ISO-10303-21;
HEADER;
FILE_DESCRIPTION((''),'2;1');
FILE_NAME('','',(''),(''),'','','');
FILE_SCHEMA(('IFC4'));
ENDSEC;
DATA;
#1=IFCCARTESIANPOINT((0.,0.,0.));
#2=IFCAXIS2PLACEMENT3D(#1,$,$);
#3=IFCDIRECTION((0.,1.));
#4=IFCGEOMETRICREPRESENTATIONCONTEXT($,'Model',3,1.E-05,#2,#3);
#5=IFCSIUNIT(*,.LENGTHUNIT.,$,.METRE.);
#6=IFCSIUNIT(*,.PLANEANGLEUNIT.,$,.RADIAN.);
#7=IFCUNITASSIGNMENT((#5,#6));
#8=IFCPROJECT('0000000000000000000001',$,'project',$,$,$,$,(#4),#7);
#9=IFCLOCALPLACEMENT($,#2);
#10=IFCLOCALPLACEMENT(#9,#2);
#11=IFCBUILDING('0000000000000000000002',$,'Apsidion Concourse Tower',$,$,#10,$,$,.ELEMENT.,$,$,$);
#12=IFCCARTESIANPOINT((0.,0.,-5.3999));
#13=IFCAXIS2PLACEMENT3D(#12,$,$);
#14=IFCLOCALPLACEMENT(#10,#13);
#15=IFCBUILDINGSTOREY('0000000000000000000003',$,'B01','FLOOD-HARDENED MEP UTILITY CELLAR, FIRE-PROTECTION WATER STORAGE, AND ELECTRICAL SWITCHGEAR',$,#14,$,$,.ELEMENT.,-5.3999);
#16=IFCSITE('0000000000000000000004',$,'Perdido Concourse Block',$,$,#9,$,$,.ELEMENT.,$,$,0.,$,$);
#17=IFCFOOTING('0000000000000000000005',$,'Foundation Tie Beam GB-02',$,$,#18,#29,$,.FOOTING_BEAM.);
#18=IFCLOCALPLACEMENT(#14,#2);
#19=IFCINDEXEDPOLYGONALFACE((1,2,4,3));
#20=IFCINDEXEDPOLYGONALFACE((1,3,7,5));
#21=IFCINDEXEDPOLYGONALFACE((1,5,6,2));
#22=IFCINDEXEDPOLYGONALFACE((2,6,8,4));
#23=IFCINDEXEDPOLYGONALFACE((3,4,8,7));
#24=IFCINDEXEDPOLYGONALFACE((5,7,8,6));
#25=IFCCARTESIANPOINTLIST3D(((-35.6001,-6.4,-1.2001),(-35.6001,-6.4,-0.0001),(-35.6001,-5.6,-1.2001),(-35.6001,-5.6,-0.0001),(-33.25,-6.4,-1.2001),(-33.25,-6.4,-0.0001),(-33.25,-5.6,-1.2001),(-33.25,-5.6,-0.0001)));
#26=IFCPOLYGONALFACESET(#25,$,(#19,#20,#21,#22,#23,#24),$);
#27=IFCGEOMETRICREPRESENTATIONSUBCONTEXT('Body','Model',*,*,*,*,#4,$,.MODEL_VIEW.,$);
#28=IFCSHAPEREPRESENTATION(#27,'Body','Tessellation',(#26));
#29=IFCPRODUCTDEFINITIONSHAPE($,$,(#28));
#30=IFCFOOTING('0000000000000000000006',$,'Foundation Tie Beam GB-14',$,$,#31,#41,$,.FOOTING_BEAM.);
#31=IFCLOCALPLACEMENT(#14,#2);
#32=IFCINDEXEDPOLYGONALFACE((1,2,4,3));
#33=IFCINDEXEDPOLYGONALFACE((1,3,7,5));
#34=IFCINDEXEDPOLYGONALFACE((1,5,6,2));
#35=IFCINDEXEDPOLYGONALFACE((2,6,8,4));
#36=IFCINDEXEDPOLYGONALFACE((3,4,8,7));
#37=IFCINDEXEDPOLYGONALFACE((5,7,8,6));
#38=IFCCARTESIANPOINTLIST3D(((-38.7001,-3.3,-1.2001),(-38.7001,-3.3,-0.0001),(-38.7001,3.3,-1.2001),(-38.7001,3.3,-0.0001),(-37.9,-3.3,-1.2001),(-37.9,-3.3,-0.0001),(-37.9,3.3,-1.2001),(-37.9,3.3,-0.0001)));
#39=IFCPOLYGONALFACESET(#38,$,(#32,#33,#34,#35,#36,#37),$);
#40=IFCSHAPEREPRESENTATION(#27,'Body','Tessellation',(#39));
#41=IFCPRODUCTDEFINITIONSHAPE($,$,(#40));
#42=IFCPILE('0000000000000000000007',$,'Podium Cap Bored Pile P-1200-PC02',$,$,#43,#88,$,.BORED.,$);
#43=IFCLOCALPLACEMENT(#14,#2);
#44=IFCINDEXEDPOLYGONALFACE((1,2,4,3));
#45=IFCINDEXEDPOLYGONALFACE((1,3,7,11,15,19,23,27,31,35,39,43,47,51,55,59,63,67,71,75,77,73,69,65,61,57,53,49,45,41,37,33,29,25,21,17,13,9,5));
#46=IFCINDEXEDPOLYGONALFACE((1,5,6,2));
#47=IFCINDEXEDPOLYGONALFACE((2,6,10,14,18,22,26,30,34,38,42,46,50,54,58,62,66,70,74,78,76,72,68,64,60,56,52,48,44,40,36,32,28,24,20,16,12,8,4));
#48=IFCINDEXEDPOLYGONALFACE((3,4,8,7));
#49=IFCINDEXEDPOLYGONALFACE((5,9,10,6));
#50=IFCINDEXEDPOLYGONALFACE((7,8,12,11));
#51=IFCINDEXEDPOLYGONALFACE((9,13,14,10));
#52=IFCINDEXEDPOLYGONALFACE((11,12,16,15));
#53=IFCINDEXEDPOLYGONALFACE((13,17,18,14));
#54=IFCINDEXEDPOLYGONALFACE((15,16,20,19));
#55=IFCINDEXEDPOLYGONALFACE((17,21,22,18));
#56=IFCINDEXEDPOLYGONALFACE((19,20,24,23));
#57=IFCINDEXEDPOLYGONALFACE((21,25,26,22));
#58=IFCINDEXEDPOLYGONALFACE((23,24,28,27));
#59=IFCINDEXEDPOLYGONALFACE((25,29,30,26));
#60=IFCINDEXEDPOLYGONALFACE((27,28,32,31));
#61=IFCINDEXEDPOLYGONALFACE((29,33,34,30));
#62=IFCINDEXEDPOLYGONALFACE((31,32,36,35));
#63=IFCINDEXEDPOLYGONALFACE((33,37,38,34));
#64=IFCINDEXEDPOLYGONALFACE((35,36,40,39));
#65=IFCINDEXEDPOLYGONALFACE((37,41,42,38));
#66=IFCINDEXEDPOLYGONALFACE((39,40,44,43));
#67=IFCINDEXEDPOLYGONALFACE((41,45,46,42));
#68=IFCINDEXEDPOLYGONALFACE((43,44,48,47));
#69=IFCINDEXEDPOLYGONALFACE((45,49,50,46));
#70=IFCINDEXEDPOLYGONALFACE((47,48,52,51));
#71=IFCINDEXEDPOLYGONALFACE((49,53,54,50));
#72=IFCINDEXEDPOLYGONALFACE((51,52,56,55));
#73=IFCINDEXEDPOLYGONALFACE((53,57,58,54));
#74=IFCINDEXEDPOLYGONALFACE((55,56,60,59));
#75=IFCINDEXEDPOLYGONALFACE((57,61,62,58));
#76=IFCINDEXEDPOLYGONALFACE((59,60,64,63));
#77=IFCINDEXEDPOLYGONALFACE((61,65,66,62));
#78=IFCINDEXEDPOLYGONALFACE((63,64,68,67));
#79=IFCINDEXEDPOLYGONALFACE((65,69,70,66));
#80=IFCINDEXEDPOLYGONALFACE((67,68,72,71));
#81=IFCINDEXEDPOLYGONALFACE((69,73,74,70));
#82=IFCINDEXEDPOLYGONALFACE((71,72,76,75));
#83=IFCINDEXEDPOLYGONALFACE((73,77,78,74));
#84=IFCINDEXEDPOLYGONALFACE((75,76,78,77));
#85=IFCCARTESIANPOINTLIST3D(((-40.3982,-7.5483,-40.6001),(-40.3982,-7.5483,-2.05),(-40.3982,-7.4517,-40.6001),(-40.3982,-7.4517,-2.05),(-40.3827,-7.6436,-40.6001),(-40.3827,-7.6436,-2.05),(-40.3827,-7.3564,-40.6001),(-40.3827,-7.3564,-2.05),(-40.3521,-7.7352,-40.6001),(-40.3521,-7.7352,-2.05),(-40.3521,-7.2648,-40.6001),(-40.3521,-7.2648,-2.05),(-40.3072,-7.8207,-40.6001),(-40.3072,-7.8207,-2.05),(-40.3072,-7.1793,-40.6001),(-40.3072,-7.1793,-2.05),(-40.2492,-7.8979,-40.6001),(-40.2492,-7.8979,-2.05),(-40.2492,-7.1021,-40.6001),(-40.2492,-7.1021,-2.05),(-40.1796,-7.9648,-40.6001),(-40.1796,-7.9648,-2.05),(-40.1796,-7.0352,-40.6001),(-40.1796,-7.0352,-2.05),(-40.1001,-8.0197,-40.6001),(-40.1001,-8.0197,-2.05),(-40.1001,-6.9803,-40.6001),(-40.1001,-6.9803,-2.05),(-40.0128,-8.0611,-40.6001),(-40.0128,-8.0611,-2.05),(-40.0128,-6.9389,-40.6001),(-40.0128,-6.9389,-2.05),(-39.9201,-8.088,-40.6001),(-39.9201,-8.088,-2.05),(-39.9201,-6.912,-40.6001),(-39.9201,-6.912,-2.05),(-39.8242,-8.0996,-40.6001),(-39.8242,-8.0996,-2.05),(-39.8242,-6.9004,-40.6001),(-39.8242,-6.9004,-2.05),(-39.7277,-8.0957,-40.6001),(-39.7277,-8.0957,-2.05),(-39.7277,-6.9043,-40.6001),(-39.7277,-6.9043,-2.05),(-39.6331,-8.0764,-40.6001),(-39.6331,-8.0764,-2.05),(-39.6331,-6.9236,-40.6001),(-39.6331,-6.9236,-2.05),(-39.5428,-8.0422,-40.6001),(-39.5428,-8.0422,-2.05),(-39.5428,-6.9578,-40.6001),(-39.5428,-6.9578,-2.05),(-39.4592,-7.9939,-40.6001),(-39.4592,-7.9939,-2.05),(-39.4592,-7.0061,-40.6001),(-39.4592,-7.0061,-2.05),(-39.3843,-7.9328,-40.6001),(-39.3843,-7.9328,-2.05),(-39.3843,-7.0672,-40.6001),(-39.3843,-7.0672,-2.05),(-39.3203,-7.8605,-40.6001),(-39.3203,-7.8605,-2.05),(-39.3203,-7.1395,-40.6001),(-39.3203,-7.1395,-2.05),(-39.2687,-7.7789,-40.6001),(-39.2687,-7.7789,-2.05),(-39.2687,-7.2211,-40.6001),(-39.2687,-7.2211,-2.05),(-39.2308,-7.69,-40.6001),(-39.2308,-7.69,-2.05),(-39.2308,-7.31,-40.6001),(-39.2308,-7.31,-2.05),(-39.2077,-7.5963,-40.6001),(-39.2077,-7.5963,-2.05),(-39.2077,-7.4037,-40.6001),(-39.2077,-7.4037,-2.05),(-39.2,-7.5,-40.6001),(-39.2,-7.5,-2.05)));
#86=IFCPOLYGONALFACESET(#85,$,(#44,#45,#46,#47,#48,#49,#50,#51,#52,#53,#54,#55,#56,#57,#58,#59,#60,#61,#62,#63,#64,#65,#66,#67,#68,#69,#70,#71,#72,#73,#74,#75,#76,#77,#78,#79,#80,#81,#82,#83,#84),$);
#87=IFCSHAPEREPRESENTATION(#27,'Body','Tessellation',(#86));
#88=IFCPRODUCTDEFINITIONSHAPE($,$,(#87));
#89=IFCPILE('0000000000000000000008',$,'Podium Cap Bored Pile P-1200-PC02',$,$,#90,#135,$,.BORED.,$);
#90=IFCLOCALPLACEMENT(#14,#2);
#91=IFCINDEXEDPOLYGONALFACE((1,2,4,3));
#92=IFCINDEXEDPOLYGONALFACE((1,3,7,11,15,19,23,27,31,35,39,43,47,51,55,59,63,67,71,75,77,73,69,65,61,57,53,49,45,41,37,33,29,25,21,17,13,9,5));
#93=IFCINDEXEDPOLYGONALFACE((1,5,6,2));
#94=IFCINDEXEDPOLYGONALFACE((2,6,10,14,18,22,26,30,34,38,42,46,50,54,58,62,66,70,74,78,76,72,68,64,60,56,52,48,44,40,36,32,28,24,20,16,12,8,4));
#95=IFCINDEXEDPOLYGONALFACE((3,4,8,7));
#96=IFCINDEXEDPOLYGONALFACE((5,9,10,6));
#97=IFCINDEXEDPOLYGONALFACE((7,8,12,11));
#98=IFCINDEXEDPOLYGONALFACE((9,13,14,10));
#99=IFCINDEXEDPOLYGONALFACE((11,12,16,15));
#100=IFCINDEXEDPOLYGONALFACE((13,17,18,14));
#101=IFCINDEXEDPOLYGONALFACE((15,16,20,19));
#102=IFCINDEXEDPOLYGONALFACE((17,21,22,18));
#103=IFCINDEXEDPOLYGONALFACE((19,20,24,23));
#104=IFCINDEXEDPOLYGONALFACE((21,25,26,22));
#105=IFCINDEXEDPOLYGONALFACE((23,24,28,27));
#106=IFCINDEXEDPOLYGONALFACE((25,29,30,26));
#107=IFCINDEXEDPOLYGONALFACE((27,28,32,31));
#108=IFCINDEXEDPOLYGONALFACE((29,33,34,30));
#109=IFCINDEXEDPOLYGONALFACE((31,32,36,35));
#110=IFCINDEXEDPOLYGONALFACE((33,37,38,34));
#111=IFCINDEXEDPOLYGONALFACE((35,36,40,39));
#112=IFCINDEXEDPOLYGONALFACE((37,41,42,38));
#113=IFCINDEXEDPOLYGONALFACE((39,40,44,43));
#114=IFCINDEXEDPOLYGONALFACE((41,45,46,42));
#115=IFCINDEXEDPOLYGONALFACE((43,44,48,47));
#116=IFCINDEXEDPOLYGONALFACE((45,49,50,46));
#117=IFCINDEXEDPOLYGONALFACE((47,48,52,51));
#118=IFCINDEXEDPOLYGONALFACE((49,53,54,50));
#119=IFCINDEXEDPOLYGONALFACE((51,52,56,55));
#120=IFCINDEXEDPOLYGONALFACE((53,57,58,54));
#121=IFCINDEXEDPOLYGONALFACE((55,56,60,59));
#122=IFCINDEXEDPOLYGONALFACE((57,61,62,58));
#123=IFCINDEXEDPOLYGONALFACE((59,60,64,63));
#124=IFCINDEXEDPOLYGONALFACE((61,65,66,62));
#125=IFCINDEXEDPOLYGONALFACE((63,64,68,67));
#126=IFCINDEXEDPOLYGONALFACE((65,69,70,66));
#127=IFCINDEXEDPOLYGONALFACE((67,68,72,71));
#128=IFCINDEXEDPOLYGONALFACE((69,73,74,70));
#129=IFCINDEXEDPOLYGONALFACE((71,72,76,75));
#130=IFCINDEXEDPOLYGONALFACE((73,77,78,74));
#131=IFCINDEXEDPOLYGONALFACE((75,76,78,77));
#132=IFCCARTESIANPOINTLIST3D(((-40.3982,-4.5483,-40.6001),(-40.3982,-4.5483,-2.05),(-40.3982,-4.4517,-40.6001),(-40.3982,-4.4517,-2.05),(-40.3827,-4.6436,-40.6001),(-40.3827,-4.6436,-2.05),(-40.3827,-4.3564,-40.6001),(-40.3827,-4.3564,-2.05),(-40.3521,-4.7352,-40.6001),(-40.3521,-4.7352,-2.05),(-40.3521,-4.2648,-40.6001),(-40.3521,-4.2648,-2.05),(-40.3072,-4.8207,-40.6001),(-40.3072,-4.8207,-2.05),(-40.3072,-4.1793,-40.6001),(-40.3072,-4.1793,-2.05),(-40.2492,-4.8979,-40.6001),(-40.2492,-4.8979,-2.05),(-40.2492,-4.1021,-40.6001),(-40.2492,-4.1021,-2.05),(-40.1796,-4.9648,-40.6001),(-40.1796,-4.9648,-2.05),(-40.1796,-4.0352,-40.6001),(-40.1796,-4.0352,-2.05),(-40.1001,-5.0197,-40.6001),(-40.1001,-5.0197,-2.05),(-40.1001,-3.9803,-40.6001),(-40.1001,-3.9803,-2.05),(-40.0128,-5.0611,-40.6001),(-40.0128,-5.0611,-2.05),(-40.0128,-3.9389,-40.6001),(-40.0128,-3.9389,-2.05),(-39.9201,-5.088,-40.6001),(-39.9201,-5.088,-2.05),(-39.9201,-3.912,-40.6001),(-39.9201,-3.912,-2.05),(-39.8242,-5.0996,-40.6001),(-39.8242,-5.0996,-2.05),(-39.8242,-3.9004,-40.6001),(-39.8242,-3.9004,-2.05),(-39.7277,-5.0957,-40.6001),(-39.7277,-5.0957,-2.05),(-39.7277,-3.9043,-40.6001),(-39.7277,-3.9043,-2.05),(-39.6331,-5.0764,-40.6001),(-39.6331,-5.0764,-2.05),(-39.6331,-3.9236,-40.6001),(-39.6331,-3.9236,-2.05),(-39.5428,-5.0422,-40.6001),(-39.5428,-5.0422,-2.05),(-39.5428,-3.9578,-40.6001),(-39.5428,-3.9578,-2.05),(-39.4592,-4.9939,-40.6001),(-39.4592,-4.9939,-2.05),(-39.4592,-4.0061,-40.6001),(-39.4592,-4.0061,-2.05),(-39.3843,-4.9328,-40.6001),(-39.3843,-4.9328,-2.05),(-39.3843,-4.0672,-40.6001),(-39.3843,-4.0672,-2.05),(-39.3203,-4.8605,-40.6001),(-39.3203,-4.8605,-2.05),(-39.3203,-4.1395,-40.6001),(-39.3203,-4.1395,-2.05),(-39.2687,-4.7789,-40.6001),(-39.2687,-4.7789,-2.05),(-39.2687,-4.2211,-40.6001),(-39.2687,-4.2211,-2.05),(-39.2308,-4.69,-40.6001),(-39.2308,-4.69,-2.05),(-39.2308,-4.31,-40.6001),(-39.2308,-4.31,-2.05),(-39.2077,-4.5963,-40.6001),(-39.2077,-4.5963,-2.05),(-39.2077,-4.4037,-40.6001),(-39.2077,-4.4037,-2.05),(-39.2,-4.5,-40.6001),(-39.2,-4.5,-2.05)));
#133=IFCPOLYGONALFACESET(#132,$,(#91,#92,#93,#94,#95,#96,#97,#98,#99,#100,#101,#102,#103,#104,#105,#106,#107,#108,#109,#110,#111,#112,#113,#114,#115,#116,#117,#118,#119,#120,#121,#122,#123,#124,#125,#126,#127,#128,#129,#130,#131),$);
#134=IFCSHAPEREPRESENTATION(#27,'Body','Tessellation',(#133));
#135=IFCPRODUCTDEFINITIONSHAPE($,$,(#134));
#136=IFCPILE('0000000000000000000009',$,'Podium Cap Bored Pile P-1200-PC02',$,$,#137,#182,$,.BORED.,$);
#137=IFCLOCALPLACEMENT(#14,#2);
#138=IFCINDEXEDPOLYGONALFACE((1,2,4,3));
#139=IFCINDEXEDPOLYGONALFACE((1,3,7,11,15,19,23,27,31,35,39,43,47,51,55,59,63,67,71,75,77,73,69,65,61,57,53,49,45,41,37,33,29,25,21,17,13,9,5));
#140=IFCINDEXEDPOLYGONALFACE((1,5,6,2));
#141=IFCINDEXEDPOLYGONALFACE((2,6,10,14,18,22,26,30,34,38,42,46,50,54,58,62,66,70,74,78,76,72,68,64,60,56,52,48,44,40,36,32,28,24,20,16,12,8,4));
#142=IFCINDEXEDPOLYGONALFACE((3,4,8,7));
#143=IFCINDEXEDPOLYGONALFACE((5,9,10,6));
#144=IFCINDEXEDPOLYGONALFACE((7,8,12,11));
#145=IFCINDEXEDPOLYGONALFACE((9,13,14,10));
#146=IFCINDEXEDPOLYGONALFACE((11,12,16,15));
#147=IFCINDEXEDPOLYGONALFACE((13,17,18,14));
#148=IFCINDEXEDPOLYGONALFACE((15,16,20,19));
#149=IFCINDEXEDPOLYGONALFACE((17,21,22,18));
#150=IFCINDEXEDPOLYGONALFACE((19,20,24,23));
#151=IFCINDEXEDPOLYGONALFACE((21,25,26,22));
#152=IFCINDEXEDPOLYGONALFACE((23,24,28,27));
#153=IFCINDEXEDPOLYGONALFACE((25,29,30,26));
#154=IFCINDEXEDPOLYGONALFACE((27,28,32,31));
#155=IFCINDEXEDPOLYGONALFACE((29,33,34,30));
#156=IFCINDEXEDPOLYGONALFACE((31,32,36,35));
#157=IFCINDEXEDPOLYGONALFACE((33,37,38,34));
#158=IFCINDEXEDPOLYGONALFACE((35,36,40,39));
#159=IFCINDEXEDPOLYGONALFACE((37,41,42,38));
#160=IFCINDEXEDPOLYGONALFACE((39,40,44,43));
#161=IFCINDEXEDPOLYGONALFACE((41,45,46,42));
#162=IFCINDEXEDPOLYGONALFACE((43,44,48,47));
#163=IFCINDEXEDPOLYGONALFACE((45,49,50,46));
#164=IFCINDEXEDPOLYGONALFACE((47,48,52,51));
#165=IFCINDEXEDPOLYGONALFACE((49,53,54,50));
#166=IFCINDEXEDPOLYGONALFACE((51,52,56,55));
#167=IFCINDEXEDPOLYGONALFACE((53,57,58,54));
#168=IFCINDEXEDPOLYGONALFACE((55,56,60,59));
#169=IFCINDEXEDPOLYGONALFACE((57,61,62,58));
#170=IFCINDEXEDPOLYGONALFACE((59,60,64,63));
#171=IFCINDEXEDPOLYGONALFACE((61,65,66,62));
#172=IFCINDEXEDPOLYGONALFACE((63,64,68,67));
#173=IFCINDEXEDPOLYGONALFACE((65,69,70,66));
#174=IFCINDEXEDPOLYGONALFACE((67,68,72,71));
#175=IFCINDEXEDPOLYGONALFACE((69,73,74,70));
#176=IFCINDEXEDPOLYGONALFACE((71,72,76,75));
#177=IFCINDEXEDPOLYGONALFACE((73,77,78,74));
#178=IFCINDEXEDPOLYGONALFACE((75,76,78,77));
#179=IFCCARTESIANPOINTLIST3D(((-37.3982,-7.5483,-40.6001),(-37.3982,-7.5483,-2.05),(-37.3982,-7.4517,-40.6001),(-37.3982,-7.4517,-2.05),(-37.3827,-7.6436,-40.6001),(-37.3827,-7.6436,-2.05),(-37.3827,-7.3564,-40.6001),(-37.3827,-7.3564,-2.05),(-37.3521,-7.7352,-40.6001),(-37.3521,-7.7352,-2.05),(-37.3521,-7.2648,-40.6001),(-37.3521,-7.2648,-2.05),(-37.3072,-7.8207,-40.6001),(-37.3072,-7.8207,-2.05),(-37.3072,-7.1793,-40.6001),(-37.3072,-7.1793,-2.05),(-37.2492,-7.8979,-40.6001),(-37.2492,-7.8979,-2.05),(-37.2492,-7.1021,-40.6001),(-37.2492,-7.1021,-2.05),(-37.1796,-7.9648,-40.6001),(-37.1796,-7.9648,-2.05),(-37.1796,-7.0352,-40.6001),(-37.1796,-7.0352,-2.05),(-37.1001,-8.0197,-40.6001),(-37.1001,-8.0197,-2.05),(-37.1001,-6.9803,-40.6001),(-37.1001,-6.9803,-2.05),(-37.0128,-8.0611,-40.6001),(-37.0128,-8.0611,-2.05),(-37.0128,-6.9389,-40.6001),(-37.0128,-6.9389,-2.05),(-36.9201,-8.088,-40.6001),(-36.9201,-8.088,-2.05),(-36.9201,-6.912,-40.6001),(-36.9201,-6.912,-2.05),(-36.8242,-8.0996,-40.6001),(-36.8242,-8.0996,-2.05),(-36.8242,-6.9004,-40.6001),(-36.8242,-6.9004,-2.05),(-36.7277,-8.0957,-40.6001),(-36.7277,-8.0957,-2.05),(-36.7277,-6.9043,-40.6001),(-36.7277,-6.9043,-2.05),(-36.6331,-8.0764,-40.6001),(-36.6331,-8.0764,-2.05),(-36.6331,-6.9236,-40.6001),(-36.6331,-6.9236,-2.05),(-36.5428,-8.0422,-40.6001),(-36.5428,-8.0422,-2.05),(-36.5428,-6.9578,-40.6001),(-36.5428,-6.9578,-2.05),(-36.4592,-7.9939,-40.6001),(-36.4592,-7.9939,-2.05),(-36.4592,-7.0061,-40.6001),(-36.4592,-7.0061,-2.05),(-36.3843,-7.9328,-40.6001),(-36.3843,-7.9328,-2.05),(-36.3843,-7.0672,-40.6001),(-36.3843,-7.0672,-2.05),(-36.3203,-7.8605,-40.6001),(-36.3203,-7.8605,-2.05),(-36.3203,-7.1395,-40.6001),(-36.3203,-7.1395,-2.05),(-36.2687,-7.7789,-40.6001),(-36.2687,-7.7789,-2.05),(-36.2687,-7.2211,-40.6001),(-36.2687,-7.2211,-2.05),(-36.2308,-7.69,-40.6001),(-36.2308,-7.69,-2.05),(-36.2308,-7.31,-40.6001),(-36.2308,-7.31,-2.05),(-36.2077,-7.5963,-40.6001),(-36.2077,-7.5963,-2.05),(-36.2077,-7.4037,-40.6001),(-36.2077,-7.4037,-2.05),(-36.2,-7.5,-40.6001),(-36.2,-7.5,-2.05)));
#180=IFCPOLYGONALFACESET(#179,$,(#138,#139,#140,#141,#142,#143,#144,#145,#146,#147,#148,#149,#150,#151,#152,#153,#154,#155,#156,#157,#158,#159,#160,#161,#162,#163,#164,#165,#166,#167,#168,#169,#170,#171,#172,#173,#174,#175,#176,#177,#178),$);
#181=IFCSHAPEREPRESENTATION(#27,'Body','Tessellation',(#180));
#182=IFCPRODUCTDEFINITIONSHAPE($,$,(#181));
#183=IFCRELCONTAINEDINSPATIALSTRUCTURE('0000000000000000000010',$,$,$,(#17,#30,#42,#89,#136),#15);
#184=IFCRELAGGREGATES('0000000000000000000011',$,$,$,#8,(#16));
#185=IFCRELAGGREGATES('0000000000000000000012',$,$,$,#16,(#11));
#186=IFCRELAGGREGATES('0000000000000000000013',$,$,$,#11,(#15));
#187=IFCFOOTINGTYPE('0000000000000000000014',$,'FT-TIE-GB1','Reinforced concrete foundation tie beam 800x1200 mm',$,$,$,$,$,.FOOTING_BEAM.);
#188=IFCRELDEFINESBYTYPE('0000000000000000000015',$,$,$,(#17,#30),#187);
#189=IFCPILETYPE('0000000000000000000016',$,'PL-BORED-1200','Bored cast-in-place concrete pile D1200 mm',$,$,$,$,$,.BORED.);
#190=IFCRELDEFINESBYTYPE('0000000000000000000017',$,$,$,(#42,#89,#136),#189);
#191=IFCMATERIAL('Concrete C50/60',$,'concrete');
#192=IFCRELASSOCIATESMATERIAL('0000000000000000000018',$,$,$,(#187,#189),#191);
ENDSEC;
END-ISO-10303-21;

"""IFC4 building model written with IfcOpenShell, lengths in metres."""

from ifc_helpers import new_model, si_unit, direction, frame, origin, origin_2d, place, context, subcontext, project, spatial, rectangle, circle, extrude, material, material_profile, profile_set, type_object, element, save


model = new_model("IFC4")

# Units and contexts
model_context = context("Model", 3, precision=1e-05, world=origin(), true_north=direction((0.0, 1.0)))
body_context = subcontext(model_context, "Body", "Model", "MODEL_VIEW")
ifc_project = project(units=[si_unit("LENGTHUNIT", "METRE"), si_unit("PLANEANGLEUNIT", "RADIAN")], contexts=[model_context])

# Site, building, storey
site_placement = place(None, origin())
site = spatial("IfcSite", under=ifc_project, at=site_placement, Name="Perdido Concourse Block", CompositionType="ELEMENT", RefElevation=0.0)
building_placement = place(site_placement, origin())
building = spatial("IfcBuilding", under=site, at=building_placement, Name="Apsidion Concourse Tower", CompositionType="ELEMENT")
storey_placement = place(building_placement, frame((0.0, 0.0, -5.3999)))
storey = spatial("IfcBuildingStorey", under=building, at=storey_placement, Name="B01", Description="FLOOD-HARDENED MEP UTILITY CELLAR, FIRE-PROTECTION WATER STORAGE, AND ELECTRICAL SWITCHGEAR", CompositionType="ELEMENT", Elevation=-5.3999)

# Footings
ifc_material_1 = material(Name="Concrete C50/60", Category="concrete")
ifc_material_profile_1 = material_profile(ifc_material_1, rectangle(XDim=0.8, YDim=1.2, at=origin_2d()), Name="RC 800x1200")
ifc_profile_set_1 = profile_set([ifc_material_profile_1], Name="Concrete C50/60")
footing_type = type_object("IfcFootingType", Name="FT-TIE-GB1", Description="Reinforced concrete foundation tie beam 800x1200 mm", PredefinedType="FOOTING_BEAM", material=ifc_profile_set_1)
footing_1_placement = place(storey_placement, frame((-35.6001, -6.0, -0.6001), z_axis=(1.0, 0.0, 0.0), x_axis=(0.0, 1.0, 0.0)))
element("IfcFooting", 1, at=footing_1_placement, inside=storey, type_object=footing_type, Name="Foundation Tie Beam GB-02", PredefinedType="FOOTING_BEAM", context=body_context, shape_type="SweptSolid", body=[
    extrude(rectangle(XDim=0.8, YDim=1.2, at=origin_2d()), origin(), (0.0, 0.0, 1.0), 2.3501),
])
footing_2_placement = place(storey_placement, frame((-38.3, -3.3, -0.6001), z_axis=(0.0, 1.0, 0.0), x_axis=(-1.0, 0.0, 0.0)))
element("IfcFooting", 2, at=footing_2_placement, inside=storey, type_object=footing_type, Name="Foundation Tie Beam GB-14", PredefinedType="FOOTING_BEAM", context=body_context, shape_type="SweptSolid", body=[
    extrude(rectangle(XDim=0.8, YDim=1.2, at=origin_2d()), origin(), (0.0, 0.0, 1.0), 6.6001),
])

# Piles
ifc_material_profile_2 = material_profile(ifc_material_1, circle(Radius=0.6001, at=origin_2d()), Name="BORED PILE D1200")
ifc_profile_set_2 = profile_set([ifc_material_profile_2], Name="Concrete C50/60")
pile_type_1 = type_object("IfcPileType", Name="PL-BORED-1200", Description="Bored cast-in-place concrete pile D1200 mm", PredefinedType="BORED", material=ifc_profile_set_2)
for number, where, z_axis, x_axis, name in (
    (3, (-39.8, -7.5, -2.05), (0.0, 0.0, -1.0), (1.0, 0.0, 0.0), "Podium Cap Bored Pile P-1200-PC02"),
    (4, (-39.8, -4.5, -2.05), (0.0, 0.0, -1.0), (1.0, 0.0, 0.0), "Podium Cap Bored Pile P-1200-PC02"),
    (5, (-36.8, -7.5, -2.05), (0.0, 0.0, -1.0), (1.0, 0.0, 0.0), "Podium Cap Bored Pile P-1200-PC02"),
):
    element("IfcPile", number, at=place(storey_placement, frame(where, z_axis=z_axis, x_axis=x_axis)), inside=storey, type_object=pile_type_1, Name=name, PredefinedType="BORED", context=body_context, shape_type="SweptSolid", body=[
        extrude(circle(Radius=0.6001, at=origin_2d()), origin(), (0.0, 0.0, 1.0), 38.55),
    ])

save(model, "model.ifc")
